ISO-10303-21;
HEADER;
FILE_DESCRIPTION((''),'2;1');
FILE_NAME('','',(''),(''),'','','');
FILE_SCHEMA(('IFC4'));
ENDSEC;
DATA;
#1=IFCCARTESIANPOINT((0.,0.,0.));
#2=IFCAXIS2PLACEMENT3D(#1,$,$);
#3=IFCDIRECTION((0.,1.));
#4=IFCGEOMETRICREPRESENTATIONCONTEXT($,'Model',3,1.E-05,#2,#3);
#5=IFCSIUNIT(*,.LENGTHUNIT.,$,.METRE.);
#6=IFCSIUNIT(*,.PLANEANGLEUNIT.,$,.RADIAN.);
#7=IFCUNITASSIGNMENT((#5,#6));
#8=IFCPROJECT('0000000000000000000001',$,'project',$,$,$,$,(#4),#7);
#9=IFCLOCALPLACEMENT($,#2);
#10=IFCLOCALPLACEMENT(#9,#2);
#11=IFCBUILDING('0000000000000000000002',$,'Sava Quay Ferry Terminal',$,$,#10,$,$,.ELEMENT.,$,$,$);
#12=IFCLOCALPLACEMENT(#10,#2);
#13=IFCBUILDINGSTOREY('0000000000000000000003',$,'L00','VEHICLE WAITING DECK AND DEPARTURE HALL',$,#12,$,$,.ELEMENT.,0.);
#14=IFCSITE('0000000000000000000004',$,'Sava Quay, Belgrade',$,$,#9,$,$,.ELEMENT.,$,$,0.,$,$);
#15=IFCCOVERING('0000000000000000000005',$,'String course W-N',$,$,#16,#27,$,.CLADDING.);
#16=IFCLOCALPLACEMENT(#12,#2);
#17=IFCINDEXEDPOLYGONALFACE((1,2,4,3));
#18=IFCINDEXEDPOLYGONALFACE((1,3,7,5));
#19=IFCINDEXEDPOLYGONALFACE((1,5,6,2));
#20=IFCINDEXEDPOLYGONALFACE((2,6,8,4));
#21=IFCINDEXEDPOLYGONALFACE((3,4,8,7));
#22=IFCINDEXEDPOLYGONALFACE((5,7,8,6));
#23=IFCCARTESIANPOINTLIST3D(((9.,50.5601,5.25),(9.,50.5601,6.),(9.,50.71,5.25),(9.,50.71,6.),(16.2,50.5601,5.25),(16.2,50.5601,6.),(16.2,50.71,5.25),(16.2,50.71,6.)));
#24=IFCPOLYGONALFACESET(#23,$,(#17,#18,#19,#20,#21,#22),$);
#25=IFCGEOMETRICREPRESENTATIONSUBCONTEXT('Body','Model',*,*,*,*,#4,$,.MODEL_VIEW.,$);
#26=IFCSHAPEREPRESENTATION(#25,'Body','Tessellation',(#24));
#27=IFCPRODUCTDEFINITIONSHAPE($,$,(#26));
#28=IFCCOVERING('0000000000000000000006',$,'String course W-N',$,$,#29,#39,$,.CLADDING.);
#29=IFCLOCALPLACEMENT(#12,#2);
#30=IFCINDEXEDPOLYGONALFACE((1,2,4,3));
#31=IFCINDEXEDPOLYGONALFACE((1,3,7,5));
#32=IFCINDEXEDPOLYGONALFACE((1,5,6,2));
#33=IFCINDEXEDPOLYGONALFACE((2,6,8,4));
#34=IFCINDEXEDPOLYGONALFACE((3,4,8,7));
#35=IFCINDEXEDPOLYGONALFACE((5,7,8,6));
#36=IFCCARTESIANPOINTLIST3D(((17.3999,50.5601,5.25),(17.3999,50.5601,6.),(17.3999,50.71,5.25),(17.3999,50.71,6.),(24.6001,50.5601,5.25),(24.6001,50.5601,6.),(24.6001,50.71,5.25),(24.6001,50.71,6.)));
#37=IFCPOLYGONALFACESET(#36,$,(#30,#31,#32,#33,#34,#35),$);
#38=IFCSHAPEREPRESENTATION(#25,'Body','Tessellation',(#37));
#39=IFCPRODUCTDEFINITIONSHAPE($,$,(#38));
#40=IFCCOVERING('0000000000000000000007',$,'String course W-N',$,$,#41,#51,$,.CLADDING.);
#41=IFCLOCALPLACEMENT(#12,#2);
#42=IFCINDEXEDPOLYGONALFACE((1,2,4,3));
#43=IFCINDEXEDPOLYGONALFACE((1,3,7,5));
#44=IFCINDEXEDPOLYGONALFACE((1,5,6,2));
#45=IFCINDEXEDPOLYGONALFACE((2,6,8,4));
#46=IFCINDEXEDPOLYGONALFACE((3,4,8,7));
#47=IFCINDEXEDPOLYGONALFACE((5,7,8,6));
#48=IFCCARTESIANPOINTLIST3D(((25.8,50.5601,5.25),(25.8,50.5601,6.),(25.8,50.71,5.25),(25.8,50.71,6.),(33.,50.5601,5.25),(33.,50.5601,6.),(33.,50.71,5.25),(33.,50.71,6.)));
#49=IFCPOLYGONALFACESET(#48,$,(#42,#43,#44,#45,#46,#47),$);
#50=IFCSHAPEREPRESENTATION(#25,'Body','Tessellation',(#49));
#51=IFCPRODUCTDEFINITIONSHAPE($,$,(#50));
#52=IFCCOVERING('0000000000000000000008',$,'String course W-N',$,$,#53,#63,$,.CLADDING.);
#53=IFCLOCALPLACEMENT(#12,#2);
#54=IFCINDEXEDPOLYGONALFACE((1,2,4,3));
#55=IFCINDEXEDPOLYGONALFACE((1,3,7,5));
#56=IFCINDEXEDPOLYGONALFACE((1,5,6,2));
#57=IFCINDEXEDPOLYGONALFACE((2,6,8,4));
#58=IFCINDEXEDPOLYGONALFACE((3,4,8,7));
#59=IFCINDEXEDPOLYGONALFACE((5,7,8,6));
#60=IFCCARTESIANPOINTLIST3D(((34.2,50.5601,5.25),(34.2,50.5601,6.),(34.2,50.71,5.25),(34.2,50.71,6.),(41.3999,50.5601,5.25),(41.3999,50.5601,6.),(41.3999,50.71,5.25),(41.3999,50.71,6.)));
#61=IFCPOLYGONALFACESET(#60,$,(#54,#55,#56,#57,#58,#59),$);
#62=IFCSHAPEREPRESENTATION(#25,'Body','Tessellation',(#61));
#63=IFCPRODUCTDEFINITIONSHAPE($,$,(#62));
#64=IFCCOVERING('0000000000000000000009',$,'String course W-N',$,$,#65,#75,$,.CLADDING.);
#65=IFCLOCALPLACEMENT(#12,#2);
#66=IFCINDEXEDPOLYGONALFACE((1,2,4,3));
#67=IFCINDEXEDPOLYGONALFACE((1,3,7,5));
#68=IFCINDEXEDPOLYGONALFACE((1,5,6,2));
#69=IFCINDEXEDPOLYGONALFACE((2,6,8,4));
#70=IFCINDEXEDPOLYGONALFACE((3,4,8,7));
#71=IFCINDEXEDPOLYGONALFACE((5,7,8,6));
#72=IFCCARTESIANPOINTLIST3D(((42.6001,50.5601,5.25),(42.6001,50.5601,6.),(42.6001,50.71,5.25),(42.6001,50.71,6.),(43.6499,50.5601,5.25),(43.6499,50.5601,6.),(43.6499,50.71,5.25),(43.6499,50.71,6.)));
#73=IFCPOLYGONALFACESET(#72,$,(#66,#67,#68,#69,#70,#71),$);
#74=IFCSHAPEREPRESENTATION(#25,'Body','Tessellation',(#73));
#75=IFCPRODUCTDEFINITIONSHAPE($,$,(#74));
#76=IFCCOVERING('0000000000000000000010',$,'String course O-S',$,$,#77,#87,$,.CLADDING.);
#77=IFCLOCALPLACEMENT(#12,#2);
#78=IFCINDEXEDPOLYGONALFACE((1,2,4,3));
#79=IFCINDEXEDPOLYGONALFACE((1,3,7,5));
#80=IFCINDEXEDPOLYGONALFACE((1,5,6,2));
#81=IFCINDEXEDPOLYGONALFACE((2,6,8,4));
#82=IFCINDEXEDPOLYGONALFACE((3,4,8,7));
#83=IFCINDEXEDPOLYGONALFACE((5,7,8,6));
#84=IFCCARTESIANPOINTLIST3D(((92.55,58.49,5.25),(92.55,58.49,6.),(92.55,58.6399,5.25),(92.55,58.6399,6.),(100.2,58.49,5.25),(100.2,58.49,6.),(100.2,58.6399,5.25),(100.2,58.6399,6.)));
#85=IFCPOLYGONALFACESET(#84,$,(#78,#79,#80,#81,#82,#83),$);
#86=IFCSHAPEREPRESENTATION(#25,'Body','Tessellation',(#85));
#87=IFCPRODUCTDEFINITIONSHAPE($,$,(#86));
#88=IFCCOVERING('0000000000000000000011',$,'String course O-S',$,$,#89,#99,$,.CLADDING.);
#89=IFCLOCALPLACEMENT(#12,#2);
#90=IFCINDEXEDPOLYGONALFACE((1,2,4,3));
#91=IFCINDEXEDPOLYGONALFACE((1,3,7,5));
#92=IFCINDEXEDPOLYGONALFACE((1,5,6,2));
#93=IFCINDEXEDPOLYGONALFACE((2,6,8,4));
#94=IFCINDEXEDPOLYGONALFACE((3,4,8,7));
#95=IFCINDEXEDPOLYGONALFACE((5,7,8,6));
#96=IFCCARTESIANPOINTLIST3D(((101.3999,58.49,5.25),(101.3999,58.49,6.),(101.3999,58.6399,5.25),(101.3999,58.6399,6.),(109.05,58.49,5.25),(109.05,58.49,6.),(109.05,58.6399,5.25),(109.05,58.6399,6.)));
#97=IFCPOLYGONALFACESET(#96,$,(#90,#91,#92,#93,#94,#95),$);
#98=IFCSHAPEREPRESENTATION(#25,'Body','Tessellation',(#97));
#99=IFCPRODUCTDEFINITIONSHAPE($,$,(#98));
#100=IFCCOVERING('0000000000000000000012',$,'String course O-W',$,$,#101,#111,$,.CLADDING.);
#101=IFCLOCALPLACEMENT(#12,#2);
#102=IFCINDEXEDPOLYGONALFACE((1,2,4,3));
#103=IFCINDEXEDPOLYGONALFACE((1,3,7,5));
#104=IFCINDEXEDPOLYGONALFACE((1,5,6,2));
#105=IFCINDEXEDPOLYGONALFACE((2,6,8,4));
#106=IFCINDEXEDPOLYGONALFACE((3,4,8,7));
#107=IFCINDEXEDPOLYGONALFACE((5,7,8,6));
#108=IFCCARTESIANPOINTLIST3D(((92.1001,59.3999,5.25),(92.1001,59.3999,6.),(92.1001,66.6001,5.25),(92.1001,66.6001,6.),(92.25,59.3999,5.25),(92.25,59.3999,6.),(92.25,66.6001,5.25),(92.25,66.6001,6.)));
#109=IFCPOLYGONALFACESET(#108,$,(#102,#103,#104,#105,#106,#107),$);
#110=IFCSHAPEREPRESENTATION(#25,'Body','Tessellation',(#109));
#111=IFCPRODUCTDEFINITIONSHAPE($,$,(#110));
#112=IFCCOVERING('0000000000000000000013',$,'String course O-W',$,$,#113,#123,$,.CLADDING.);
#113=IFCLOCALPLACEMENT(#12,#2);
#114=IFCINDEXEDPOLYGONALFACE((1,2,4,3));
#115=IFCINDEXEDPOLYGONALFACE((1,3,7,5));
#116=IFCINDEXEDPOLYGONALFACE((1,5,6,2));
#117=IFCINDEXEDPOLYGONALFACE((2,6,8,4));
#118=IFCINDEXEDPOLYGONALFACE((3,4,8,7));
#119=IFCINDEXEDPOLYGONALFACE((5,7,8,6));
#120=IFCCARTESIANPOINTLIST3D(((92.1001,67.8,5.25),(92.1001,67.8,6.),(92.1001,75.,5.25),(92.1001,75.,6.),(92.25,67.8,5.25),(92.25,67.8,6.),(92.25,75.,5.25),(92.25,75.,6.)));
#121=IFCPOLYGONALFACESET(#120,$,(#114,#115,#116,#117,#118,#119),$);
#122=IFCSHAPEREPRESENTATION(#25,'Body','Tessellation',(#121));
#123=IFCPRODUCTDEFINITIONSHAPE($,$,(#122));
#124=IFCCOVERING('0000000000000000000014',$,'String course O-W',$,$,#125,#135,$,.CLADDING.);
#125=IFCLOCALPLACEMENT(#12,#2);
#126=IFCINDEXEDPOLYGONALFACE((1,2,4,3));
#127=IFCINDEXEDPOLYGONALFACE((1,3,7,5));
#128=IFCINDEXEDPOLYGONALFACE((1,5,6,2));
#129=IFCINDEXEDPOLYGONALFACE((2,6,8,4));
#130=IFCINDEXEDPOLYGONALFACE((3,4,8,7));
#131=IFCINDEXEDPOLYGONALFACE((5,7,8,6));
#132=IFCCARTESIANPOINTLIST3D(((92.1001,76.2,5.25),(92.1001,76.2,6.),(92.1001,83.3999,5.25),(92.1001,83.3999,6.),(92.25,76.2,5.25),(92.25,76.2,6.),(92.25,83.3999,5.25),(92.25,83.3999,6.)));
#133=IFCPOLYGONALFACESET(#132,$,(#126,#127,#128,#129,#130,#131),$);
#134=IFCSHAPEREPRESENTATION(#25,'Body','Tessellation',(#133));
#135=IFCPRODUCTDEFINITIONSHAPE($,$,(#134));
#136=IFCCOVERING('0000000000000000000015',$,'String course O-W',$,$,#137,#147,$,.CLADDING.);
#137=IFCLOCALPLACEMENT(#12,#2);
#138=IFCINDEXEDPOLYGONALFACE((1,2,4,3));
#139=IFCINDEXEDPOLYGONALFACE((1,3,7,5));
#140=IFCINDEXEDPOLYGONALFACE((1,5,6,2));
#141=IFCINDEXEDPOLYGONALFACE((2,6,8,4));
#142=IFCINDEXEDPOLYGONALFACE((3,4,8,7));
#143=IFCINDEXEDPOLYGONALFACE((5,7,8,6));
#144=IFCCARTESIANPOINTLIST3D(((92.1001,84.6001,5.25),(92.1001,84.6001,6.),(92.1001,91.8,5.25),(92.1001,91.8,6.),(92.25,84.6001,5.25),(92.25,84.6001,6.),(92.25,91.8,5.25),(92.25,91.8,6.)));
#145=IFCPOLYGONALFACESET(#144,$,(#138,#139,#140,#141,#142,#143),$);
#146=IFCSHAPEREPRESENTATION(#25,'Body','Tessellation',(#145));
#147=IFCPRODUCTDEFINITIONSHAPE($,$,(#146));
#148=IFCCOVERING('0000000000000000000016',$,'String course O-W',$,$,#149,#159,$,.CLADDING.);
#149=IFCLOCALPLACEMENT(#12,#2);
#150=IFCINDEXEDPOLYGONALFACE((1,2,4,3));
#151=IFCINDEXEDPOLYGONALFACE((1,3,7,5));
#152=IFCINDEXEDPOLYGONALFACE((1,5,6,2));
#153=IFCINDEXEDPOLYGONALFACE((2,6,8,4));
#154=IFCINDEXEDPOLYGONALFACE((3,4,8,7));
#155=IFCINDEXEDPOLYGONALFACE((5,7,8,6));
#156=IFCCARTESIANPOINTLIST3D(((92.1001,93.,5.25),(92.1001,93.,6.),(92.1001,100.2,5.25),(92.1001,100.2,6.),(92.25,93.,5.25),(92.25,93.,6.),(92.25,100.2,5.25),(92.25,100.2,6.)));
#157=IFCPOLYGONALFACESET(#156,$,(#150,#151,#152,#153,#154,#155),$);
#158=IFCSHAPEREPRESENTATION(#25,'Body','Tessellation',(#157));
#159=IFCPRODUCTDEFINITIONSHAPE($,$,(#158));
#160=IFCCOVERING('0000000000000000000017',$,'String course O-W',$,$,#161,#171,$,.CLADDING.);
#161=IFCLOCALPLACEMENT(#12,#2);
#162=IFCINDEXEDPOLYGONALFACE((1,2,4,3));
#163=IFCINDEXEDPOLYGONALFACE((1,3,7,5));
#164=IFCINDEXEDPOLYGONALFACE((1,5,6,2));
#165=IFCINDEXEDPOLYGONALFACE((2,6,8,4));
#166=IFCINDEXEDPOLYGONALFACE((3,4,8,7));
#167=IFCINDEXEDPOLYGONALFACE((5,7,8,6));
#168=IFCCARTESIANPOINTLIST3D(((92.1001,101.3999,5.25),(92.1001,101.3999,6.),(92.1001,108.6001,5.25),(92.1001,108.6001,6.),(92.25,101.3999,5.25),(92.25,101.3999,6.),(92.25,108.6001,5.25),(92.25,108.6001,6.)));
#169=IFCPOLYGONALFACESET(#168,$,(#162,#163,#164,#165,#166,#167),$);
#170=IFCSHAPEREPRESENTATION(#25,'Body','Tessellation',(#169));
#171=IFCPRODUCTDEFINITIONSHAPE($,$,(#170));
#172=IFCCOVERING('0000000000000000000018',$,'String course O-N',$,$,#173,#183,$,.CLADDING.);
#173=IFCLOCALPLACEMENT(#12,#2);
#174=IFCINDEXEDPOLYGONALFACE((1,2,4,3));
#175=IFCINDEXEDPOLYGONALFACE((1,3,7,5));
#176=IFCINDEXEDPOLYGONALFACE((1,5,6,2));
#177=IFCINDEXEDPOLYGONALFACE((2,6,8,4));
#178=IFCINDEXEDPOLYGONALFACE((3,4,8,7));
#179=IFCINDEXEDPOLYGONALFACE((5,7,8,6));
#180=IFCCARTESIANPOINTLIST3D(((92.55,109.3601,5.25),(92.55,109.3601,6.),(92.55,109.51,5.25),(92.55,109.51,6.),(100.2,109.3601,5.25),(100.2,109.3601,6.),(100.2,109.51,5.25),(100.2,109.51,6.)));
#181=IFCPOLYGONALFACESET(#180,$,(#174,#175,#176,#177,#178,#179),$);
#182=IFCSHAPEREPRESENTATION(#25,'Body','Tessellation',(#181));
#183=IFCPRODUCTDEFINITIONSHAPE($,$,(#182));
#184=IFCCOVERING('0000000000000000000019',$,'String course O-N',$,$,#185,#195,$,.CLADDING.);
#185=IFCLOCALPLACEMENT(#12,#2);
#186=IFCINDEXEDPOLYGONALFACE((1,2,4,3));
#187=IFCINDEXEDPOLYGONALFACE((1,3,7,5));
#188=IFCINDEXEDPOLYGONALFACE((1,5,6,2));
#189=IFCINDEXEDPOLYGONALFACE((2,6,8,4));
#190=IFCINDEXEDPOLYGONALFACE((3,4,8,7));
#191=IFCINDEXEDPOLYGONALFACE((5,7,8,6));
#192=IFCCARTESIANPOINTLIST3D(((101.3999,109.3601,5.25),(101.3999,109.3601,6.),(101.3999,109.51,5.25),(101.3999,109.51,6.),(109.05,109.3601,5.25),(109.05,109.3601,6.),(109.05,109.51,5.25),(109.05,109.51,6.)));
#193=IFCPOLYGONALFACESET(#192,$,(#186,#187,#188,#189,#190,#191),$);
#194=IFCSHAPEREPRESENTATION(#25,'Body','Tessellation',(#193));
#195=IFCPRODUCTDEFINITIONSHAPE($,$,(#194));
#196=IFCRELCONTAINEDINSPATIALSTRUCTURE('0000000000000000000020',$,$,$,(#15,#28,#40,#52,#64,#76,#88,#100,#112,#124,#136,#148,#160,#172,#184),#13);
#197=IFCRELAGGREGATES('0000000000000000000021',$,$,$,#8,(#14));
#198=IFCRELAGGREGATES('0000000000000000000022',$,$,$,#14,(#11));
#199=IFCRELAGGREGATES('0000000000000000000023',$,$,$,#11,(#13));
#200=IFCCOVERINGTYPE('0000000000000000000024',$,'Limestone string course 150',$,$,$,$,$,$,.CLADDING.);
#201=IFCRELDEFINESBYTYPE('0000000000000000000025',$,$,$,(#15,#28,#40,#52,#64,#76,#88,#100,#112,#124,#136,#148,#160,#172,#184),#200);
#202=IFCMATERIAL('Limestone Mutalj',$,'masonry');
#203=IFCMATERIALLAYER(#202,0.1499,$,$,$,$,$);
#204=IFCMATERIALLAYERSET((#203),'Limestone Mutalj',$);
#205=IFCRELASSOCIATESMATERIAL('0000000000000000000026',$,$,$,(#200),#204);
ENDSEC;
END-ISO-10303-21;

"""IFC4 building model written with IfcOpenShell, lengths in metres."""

from ifc_helpers import new_model, si_unit, direction, frame, origin, place, context, subcontext, project, spatial, polyline, outline, extrude, material, layer, layer_set, type_object, element, save


model = new_model("IFC4")

# Units and contexts
model_context = context("Model", 3, precision=1e-05, world=origin(), true_north=direction((0.0, 1.0)))
body_context = subcontext(model_context, "Body", "Model", "MODEL_VIEW")
ifc_project = project(units=[si_unit("LENGTHUNIT", "METRE"), si_unit("PLANEANGLEUNIT", "RADIAN")], contexts=[model_context])

# Site, building, storey
site_placement = place(None, origin())
site = spatial("IfcSite", under=ifc_project, at=site_placement, Name="Sava Quay, Belgrade", CompositionType="ELEMENT", RefElevation=0.0)
building_placement = place(site_placement, origin())
building = spatial("IfcBuilding", under=site, at=building_placement, Name="Sava Quay Ferry Terminal", CompositionType="ELEMENT")
storey_placement = place(building_placement, origin())
storey = spatial("IfcBuildingStorey", under=building, at=storey_placement, Name="L00", Description="VEHICLE WAITING DECK AND DEPARTURE HALL", CompositionType="ELEMENT", Elevation=0.0)

# Coverings
ifc_material = material(Name="Limestone Mutalj", Category="masonry")
ifc_layer = layer(ifc_material, 0.1499)
ifc_layer_set = layer_set([ifc_layer], Name="Limestone Mutalj")
covering_type = type_object("IfcCoveringType", Name="Limestone string course 150", PredefinedType="CLADDING", material=ifc_layer_set)
covering_1_placement = place(storey_placement, frame((0.0, 0.0, 5.25)))
element("IfcCovering", 1, at=covering_1_placement, inside=storey, type_object=covering_type, Name="String course W-N", PredefinedType="CLADDING", context=body_context, shape_type="SweptSolid", body=[
    extrude(outline(polyline([(9.0, 50.5601), (16.2, 50.5601), (16.2, 50.71), (9.0, 50.71), (9.0, 50.5601)])), origin(), (0.0, 0.0, 1.0), 0.75),
])
covering_2_placement = place(storey_placement, frame((0.0, 0.0, 5.25)))
element("IfcCovering", 2, at=covering_2_placement, inside=storey, type_object=covering_type, Name="String course W-N", PredefinedType="CLADDING", context=body_context, shape_type="SweptSolid", body=[
    extrude(outline(polyline([(17.3999, 50.5601), (24.6001, 50.5601), (24.6001, 50.71), (17.3999, 50.71), (17.3999, 50.5601)])), origin(), (0.0, 0.0, 1.0), 0.75),
])
covering_3_placement = place(storey_placement, frame((0.0, 0.0, 5.25)))
element("IfcCovering", 3, at=covering_3_placement, inside=storey, type_object=covering_type, Name="String course W-N", PredefinedType="CLADDING", context=body_context, shape_type="SweptSolid", body=[
    extrude(outline(polyline([(25.8, 50.5601), (33.0, 50.5601), (33.0, 50.71), (25.8, 50.71), (25.8, 50.5601)])), origin(), (0.0, 0.0, 1.0), 0.75),
])
covering_4_placement = place(storey_placement, frame((0.0, 0.0, 5.25)))
element("IfcCovering", 4, at=covering_4_placement, inside=storey, type_object=covering_type, Name="String course W-N", PredefinedType="CLADDING", context=body_context, shape_type="SweptSolid", body=[
    extrude(outline(polyline([(34.2, 50.5601), (41.3999, 50.5601), (41.3999, 50.71), (34.2, 50.71), (34.2, 50.5601)])), origin(), (0.0, 0.0, 1.0), 0.75),
])
covering_5_placement = place(storey_placement, frame((0.0, 0.0, 5.25)))
element("IfcCovering", 5, at=covering_5_placement, inside=storey, type_object=covering_type, Name="String course W-N", PredefinedType="CLADDING", context=body_context, shape_type="SweptSolid", body=[
    extrude(outline(polyline([(42.6001, 50.5601), (43.6499, 50.5601), (43.6499, 50.71), (42.6001, 50.71), (42.6001, 50.5601)])), origin(), (0.0, 0.0, 1.0), 0.75),
])
covering_6_placement = place(storey_placement, frame((0.0, 0.0, 5.25)))
element("IfcCovering", 6, at=covering_6_placement, inside=storey, type_object=covering_type, Name="String course O-S", PredefinedType="CLADDING", context=body_context, shape_type="SweptSolid", body=[
    extrude(outline(polyline([(92.55, 58.6399), (100.2, 58.6399), (100.2, 58.49), (92.55, 58.49), (92.55, 58.6399)])), origin(), (0.0, 0.0, 1.0), 0.75),
])
covering_7_placement = place(storey_placement, frame((0.0, 0.0, 5.25)))
element("IfcCovering", 7, at=covering_7_placement, inside=storey, type_object=covering_type, Name="String course O-S", PredefinedType="CLADDING", context=body_context, shape_type="SweptSolid", body=[
    extrude(outline(polyline([(101.3999, 58.6399), (109.05, 58.6399), (109.05, 58.49), (101.3999, 58.49), (101.3999, 58.6399)])), origin(), (0.0, 0.0, 1.0), 0.75),
])
covering_8_placement = place(storey_placement, frame((0.0, 0.0, 5.25)))
element("IfcCovering", 8, at=covering_8_placement, inside=storey, type_object=covering_type, Name="String course O-W", PredefinedType="CLADDING", context=body_context, shape_type="SweptSolid", body=[
    extrude(outline(polyline([(92.25, 59.3999), (92.25, 66.6001), (92.1001, 66.6001), (92.1001, 59.3999), (92.25, 59.3999)])), origin(), (0.0, 0.0, 1.0), 0.75),
])
covering_9_placement = place(storey_placement, frame((0.0, 0.0, 5.25)))
element("IfcCovering", 9, at=covering_9_placement, inside=storey, type_object=covering_type, Name="String course O-W", PredefinedType="CLADDING", context=body_context, shape_type="SweptSolid", body=[
    extrude(outline(polyline([(92.25, 67.8), (92.25, 75.0), (92.1001, 75.0), (92.1001, 67.8), (92.25, 67.8)])), origin(), (0.0, 0.0, 1.0), 0.75),
])
covering_10_placement = place(storey_placement, frame((0.0, 0.0, 5.25)))
element("IfcCovering", 10, at=covering_10_placement, inside=storey, type_object=covering_type, Name="String course O-W", PredefinedType="CLADDING", context=body_context, shape_type="SweptSolid", body=[
    extrude(outline(polyline([(92.25, 76.2), (92.25, 83.3999), (92.1001, 83.3999), (92.1001, 76.2), (92.25, 76.2)])), origin(), (0.0, 0.0, 1.0), 0.75),
])
covering_11_placement = place(storey_placement, frame((0.0, 0.0, 5.25)))
element("IfcCovering", 11, at=covering_11_placement, inside=storey, type_object=covering_type, Name="String course O-W", PredefinedType="CLADDING", context=body_context, shape_type="SweptSolid", body=[
    extrude(outline(polyline([(92.25, 84.6001), (92.25, 91.8), (92.1001, 91.8), (92.1001, 84.6001), (92.25, 84.6001)])), origin(), (0.0, 0.0, 1.0), 0.75),
])
covering_12_placement = place(storey_placement, frame((0.0, 0.0, 5.25)))
element("IfcCovering", 12, at=covering_12_placement, inside=storey, type_object=covering_type, Name="String course O-W", PredefinedType="CLADDING", context=body_context, shape_type="SweptSolid", body=[
    extrude(outline(polyline([(92.25, 93.0), (92.25, 100.2), (92.1001, 100.2), (92.1001, 93.0), (92.25, 93.0)])), origin(), (0.0, 0.0, 1.0), 0.75),
])
covering_13_placement = place(storey_placement, frame((0.0, 0.0, 5.25)))
element("IfcCovering", 13, at=covering_13_placement, inside=storey, type_object=covering_type, Name="String course O-W", PredefinedType="CLADDING", context=body_context, shape_type="SweptSolid", body=[
    extrude(outline(polyline([(92.25, 101.3999), (92.25, 108.6001), (92.1001, 108.6001), (92.1001, 101.3999), (92.25, 101.3999)])), origin(), (0.0, 0.0, 1.0), 0.75),
])
covering_14_placement = place(storey_placement, frame((0.0, 0.0, 5.25)))
element("IfcCovering", 14, at=covering_14_placement, inside=storey, type_object=covering_type, Name="String course O-N", PredefinedType="CLADDING", context=body_context, shape_type="SweptSolid", body=[
    extrude(outline(polyline([(92.55, 109.3601), (100.2, 109.3601), (100.2, 109.51), (92.55, 109.51), (92.55, 109.3601)])), origin(), (0.0, 0.0, 1.0), 0.75),
])
covering_15_placement = place(storey_placement, frame((0.0, 0.0, 5.25)))
element("IfcCovering", 15, at=covering_15_placement, inside=storey, type_object=covering_type, Name="String course O-N", PredefinedType="CLADDING", context=body_context, shape_type="SweptSolid", body=[
    extrude(outline(polyline([(101.3999, 109.3601), (109.05, 109.3601), (109.05, 109.51), (101.3999, 109.51), (101.3999, 109.3601)])), origin(), (0.0, 0.0, 1.0), 0.75),
])

save(model, "model.ifc")
